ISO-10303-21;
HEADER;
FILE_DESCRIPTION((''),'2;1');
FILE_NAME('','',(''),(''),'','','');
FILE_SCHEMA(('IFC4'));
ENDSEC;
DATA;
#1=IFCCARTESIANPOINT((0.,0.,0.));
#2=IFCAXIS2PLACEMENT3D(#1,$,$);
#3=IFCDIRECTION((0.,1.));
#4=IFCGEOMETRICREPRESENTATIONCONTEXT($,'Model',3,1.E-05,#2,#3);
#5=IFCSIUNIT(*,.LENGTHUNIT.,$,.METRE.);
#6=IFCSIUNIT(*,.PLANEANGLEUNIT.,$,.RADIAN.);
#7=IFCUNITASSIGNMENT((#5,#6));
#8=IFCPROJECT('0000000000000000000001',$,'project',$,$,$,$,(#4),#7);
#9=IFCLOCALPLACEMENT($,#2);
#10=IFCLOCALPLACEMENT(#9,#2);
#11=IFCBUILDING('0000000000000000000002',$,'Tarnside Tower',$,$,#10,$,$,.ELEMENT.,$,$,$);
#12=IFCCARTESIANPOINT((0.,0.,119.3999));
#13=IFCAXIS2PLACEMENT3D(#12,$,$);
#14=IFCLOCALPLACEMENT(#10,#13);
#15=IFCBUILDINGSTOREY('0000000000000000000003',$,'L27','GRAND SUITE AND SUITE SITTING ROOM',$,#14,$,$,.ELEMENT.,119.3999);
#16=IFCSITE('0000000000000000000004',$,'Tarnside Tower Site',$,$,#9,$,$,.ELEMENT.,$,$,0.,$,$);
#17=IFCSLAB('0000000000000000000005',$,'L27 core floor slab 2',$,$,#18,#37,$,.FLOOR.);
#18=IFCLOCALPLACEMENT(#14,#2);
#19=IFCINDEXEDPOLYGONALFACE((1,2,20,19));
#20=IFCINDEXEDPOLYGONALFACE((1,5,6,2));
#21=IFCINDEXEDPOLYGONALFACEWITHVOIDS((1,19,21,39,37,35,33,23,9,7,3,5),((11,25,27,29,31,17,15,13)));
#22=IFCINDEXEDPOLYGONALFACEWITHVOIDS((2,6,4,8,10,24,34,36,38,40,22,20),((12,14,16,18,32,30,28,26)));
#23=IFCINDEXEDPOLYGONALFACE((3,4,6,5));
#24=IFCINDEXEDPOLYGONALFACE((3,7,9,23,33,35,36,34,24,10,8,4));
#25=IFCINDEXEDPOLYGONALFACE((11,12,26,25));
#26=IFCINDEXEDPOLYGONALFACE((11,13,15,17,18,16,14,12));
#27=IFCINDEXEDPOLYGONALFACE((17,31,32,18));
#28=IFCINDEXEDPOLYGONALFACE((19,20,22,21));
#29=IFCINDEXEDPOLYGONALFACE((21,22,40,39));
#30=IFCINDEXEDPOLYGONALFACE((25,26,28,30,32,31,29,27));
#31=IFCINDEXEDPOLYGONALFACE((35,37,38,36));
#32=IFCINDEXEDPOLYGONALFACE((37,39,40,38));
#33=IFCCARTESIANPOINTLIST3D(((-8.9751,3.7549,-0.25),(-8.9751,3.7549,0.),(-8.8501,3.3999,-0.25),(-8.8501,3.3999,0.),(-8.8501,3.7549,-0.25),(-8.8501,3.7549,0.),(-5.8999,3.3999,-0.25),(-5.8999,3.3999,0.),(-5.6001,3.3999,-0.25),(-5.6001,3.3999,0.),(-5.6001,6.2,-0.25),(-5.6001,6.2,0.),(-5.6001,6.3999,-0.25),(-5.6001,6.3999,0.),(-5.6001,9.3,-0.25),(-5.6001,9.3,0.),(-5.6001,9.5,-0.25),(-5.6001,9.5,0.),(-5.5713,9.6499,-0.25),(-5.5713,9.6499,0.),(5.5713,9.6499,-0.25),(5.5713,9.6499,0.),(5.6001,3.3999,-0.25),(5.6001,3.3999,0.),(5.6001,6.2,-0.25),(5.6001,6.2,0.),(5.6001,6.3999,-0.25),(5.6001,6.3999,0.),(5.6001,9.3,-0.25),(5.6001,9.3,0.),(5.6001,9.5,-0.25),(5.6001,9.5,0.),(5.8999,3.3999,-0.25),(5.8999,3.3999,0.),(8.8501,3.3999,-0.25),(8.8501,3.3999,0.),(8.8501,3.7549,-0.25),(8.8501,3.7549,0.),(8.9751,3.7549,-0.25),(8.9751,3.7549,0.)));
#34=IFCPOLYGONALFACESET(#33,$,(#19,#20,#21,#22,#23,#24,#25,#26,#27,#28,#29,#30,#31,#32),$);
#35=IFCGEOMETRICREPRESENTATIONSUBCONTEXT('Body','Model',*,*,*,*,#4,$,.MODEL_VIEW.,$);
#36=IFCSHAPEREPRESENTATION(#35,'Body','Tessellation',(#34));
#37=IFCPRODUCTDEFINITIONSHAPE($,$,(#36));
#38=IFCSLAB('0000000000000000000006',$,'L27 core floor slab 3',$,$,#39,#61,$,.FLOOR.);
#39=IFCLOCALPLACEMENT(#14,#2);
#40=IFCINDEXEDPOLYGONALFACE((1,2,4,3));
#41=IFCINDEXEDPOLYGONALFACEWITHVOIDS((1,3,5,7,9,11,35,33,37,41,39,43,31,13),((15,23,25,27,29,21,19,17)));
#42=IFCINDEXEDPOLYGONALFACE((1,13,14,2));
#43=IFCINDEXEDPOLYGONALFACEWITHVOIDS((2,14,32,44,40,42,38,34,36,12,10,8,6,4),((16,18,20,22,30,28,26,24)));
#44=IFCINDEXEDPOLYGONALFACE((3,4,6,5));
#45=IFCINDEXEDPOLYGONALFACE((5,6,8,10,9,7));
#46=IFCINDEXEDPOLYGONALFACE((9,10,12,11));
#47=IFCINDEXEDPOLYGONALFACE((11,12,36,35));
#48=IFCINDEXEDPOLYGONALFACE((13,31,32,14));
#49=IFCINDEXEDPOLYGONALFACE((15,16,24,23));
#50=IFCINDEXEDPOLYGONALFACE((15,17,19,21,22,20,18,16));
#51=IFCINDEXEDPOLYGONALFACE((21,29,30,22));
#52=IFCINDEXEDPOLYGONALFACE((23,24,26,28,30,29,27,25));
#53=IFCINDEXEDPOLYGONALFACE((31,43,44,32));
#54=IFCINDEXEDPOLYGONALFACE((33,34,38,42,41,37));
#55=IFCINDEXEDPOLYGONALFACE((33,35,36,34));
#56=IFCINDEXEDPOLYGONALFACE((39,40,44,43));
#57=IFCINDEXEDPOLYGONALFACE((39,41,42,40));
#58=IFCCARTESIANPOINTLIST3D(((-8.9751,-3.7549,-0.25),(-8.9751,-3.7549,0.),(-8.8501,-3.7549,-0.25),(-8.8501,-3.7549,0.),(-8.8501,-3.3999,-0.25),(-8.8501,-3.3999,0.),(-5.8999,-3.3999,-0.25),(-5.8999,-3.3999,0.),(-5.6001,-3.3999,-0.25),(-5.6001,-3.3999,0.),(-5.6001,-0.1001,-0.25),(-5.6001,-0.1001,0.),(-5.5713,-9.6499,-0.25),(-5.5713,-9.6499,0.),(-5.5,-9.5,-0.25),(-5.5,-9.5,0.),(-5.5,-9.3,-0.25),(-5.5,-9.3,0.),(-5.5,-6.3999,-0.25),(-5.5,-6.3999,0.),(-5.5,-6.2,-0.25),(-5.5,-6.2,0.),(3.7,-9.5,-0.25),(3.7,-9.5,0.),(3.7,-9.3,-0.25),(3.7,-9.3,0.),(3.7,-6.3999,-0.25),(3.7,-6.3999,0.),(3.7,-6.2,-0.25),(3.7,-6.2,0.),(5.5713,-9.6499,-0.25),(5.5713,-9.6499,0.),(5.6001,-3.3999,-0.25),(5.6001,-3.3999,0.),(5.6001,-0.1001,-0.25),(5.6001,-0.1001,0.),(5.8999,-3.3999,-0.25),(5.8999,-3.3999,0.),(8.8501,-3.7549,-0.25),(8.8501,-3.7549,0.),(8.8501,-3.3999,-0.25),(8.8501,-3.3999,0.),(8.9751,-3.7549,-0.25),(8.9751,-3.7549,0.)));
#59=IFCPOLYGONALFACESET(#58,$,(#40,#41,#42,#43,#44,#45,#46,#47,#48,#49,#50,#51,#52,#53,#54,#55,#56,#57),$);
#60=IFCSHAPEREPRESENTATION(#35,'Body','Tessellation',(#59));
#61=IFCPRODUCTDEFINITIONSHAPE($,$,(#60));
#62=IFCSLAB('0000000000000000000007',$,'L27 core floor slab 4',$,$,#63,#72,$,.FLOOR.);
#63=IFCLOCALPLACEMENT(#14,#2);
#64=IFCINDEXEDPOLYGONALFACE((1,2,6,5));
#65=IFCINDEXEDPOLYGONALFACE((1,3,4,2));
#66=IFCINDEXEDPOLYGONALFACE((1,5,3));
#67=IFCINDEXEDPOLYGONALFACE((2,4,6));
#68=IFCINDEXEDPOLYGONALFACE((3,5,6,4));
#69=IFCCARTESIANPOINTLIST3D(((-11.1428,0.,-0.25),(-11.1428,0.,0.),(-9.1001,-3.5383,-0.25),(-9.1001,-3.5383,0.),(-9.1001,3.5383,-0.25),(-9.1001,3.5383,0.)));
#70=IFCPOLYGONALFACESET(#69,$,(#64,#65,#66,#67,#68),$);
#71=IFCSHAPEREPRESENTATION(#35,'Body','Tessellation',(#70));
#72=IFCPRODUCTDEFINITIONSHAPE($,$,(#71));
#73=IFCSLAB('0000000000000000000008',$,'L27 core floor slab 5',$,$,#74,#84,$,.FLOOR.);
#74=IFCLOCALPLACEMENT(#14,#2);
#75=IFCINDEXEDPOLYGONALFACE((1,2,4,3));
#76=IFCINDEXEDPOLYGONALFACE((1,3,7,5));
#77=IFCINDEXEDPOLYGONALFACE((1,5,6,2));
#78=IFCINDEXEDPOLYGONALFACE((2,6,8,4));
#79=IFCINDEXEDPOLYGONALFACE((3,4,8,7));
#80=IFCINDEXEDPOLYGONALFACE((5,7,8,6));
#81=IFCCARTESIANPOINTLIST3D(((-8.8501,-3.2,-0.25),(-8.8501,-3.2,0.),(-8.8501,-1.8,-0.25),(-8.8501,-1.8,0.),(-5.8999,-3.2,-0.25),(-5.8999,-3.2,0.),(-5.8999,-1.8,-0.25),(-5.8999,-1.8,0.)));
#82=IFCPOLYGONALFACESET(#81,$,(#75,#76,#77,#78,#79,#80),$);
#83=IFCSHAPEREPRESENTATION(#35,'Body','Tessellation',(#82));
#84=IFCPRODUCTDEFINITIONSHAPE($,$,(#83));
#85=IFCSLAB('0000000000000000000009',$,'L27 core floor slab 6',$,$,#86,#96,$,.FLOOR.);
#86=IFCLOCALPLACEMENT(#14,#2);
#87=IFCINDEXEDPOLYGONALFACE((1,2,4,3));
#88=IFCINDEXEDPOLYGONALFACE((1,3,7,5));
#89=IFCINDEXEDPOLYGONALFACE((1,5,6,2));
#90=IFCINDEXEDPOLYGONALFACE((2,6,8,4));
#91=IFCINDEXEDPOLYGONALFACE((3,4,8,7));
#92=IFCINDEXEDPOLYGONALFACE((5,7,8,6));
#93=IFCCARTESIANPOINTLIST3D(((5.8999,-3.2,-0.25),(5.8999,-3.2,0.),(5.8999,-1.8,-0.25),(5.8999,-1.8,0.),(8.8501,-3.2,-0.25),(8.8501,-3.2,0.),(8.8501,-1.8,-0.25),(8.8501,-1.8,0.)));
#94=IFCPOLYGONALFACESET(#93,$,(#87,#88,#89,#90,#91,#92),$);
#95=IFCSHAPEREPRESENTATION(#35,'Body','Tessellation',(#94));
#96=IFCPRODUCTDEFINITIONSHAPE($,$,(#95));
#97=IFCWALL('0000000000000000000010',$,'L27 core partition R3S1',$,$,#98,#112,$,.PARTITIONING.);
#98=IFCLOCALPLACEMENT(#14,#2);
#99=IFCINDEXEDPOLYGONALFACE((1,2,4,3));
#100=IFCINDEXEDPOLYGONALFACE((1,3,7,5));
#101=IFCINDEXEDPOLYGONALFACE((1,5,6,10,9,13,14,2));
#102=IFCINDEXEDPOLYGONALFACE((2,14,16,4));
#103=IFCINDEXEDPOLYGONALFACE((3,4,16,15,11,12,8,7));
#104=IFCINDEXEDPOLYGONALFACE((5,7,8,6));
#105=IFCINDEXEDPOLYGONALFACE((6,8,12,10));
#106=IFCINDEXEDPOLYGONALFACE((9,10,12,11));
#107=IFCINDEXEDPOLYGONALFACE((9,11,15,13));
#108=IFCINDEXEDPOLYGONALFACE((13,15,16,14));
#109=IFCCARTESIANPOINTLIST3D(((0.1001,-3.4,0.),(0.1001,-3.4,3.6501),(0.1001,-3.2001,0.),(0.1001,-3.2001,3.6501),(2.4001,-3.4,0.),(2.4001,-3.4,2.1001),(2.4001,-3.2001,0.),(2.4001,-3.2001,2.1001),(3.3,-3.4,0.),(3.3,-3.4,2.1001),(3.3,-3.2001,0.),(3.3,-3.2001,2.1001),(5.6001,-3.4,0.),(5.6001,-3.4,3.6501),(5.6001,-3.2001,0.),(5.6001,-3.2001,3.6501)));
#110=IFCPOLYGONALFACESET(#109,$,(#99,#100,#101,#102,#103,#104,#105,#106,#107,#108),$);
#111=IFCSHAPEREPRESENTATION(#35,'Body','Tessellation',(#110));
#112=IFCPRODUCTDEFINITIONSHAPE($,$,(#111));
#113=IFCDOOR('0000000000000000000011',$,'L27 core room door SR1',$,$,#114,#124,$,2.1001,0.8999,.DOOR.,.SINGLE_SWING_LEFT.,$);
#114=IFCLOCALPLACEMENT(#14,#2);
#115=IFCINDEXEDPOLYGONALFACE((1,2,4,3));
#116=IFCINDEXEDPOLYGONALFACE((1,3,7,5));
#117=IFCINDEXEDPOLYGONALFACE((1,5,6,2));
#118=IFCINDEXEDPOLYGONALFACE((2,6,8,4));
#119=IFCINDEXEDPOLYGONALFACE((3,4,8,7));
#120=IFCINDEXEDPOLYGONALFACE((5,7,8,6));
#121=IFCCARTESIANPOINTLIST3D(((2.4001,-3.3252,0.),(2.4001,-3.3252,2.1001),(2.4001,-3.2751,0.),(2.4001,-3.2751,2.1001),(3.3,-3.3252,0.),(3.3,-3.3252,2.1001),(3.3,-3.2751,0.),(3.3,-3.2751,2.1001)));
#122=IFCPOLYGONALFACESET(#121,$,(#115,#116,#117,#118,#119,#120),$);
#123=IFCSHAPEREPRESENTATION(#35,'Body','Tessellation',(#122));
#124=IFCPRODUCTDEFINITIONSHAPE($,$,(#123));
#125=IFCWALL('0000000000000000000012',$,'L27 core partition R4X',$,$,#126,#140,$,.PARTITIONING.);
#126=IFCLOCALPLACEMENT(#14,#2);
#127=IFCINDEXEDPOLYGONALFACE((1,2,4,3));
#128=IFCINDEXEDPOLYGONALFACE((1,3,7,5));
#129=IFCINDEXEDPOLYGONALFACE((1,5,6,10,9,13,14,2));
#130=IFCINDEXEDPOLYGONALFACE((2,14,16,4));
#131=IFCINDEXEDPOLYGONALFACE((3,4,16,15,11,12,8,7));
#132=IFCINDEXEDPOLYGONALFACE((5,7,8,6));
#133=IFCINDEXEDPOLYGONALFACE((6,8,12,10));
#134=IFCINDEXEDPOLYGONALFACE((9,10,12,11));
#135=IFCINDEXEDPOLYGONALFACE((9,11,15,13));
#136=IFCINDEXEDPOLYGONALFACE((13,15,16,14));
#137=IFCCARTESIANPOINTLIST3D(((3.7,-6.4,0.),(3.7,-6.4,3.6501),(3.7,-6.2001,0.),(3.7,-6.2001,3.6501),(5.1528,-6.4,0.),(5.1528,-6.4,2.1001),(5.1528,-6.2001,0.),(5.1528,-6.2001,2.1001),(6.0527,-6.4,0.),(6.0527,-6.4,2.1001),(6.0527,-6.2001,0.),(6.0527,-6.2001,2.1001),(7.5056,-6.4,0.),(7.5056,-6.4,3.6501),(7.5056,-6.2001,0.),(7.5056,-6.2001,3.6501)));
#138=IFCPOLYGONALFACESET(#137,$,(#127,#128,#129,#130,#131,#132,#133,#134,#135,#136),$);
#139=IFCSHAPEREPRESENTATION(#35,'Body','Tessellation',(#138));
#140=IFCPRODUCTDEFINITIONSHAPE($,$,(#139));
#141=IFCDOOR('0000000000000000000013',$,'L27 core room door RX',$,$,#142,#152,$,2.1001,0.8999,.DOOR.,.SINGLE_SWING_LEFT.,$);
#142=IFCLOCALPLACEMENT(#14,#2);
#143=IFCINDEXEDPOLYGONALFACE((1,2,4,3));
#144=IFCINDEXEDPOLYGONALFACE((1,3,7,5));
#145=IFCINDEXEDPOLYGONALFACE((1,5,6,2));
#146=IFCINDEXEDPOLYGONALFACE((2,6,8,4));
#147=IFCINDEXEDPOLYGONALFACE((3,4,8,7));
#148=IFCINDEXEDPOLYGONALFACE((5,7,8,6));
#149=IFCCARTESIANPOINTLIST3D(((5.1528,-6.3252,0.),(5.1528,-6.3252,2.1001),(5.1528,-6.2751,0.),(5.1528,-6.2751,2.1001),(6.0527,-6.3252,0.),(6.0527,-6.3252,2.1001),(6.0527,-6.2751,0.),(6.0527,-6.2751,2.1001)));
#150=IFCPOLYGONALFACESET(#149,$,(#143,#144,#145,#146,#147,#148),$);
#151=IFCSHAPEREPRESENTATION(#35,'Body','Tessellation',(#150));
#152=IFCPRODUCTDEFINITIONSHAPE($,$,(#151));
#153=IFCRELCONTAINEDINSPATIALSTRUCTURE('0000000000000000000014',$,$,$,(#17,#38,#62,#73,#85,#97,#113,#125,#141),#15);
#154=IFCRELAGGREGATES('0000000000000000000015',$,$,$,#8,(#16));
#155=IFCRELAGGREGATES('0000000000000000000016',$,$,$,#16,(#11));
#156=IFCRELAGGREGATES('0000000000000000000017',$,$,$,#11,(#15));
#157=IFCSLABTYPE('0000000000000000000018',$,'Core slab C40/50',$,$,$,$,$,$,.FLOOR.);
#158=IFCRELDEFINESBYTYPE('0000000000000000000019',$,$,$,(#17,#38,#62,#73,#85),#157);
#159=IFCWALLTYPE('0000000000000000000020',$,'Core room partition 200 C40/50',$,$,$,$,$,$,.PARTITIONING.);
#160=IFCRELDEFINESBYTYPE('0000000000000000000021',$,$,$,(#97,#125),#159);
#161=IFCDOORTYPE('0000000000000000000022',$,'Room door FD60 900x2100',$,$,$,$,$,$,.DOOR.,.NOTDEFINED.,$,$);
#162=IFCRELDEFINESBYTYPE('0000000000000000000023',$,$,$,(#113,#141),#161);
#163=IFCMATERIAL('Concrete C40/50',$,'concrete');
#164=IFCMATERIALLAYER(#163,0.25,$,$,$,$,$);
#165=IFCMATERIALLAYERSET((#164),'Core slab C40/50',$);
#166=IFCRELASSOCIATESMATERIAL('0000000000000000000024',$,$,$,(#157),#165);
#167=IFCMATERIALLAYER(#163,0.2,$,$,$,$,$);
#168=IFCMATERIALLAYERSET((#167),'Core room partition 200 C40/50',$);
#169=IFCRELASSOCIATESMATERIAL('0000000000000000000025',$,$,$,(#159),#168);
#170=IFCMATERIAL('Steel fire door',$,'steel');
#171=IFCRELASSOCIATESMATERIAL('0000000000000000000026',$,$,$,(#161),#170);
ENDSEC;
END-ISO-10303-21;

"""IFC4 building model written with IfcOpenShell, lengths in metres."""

from ifc_helpers import new_model, si_unit, direction, frame, frame_2d, origin, place, context, subcontext, project, spatial, polyline, rectangle, outline, extrude, material, layer, layer_set, type_object, element, fill, save


model = new_model("IFC4")

# Units and contexts
model_context = context("Model", 3, precision=1e-05, world=origin(), true_north=direction((0.0, 1.0)))
body_context = subcontext(model_context, "Body", "Model", "MODEL_VIEW")
ifc_project = project(units=[si_unit("LENGTHUNIT", "METRE"), si_unit("PLANEANGLEUNIT", "RADIAN")], contexts=[model_context])

# Site, building, storey
site_placement = place(None, origin())
site = spatial("IfcSite", under=ifc_project, at=site_placement, Name="Tarnside Tower Site", CompositionType="ELEMENT", RefElevation=0.0)
building_placement = place(site_placement, origin())
building = spatial("IfcBuilding", under=site, at=building_placement, Name="Tarnside Tower", CompositionType="ELEMENT")
storey_placement = place(building_placement, frame((0.0, 0.0, 119.3999)))
storey = spatial("IfcBuildingStorey", under=building, at=storey_placement, Name="L27", Description="GRAND SUITE AND SUITE SITTING ROOM", CompositionType="ELEMENT", Elevation=119.3999)

# Slabs
ifc_material_1 = material(Name="Concrete C40/50", Category="concrete")
ifc_layer_1 = layer(ifc_material_1, 0.25)
ifc_layer_set_1 = layer_set([ifc_layer_1], Name="Core slab C40/50")
slab_type = type_object("IfcSlabType", Name="Core slab C40/50", PredefinedType="FLOOR", material=ifc_layer_set_1)
slab_1_placement = place(storey_placement, frame((0.0, 0.0, -0.25)))
element("IfcSlab", 1, at=slab_1_placement, inside=storey, type_object=slab_type, Name="L27 core floor slab 2", PredefinedType="FLOOR", context=body_context, shape_type="SweptSolid", body=[
    extrude(outline(polyline([(-8.9751, 3.7549), (-5.5713, 9.6499), (5.5713, 9.6499), (8.9751, 3.7549), (8.8501, 3.7549), (8.8501, 3.3999), (5.8999, 3.3999), (5.6001, 3.3999), (5.6001, 3.3999), (-5.6001, 3.3999), (-5.8999, 3.3999), (-8.8501, 3.3999), (-8.8501, 3.7549), (-8.9751, 3.7549)]), holes=[polyline([(-5.6001, 6.2), (5.6001, 6.2), (5.6001, 6.3999), (5.6001, 9.3), (5.6001, 9.5), (-5.6001, 9.5), (-5.6001, 9.3), (-5.6001, 6.3999), (-5.6001, 6.2)])]), origin(), (0.0, 0.0, 1.0), 0.25),
])
slab_2_placement = place(storey_placement, frame((0.0, 0.0, -0.25)))
element("IfcSlab", 2, at=slab_2_placement, inside=storey, type_object=slab_type, Name="L27 core floor slab 3", PredefinedType="FLOOR", context=body_context, shape_type="SweptSolid", body=[
    extrude(outline(polyline([(5.6001, -3.3999), (5.8999, -3.3999), (8.8501, -3.3999), (8.8501, -3.7549), (8.9751, -3.7549), (5.5713, -9.6499), (-5.5713, -9.6499), (-8.9751, -3.7549), (-8.8501, -3.7549), (-8.8501, -3.3999), (-5.8999, -3.3999), (-5.6001, -3.3999), (-5.6001, -0.1001), (5.6001, -0.1001), (5.6001, -3.3999)]), holes=[polyline([(-5.5, -9.3), (-5.5, -9.5), (3.7, -9.5), (3.7, -9.3), (3.7, -6.3999), (3.7, -6.2), (-5.5, -6.2), (-5.5, -6.3999), (-5.5, -9.3)])]), origin(), (0.0, 0.0, 1.0), 0.25),
])
slab_3_placement = place(storey_placement, frame((0.0, 0.0, -0.25)))
element("IfcSlab", 3, at=slab_3_placement, inside=storey, type_object=slab_type, Name="L27 core floor slab 4", PredefinedType="FLOOR", context=body_context, shape_type="SweptSolid", body=[
    extrude(outline(polyline([(-11.1428, 0.0), (-9.1001, 3.5383), (-9.1001, -3.5383), (-11.1428, 0.0)])), origin(), (0.0, 0.0, 1.0), 0.25),
])
slab_4_placement = place(storey_placement, frame((0.0, 0.0, -0.25)))
element("IfcSlab", 4, at=slab_4_placement, inside=storey, type_object=slab_type, Name="L27 core floor slab 5", PredefinedType="FLOOR", context=body_context, shape_type="SweptSolid", body=[
    extrude(outline(polyline([(-8.8501, -1.8), (-5.8999, -1.8), (-5.8999, -3.2), (-8.8501, -3.2), (-8.8501, -1.8)])), origin(), (0.0, 0.0, 1.0), 0.25),
])
slab_5_placement = place(storey_placement, frame((0.0, 0.0, -0.25)))
element("IfcSlab", 5, at=slab_5_placement, inside=storey, type_object=slab_type, Name="L27 core floor slab 6", PredefinedType="FLOOR", context=body_context, shape_type="SweptSolid", body=[
    extrude(outline(polyline([(5.8999, -3.2), (5.8999, -1.8), (8.8501, -1.8), (8.8501, -3.2), (5.8999, -3.2)])), origin(), (0.0, 0.0, 1.0), 0.25),
])

# Walls, openings, doors
ifc_layer_2 = layer(ifc_material_1, 0.2)
ifc_layer_set_2 = layer_set([ifc_layer_2], Name="Core room partition 200 C40/50")
wall_type_1 = type_object("IfcWallType", Name="Core room partition 200 C40/50", PredefinedType="PARTITIONING", material=ifc_layer_set_2)
wall_1_placement = place(storey_placement, frame((0.1001, -3.3, 0.0), z_axis=(0.0, 0.0, 1.0), x_axis=(1.0, 0.0, 0.0)))
wall_1 = element("IfcWall", 6, at=wall_1_placement, inside=storey, type_object=wall_type_1, Name="L27 core partition R3S1", PredefinedType="PARTITIONING", context=body_context, shape_type="SweptSolid", body=[
    extrude(rectangle(XDim=5.5, YDim=0.2, at=frame_2d((2.75, 0.0))), origin(), (0.0, 0.0, 1.0), 3.6501),
])
opening_1_placement = place(wall_1_placement, frame((2.3, 0.0, 0.0)))
opening_1 = element("IfcOpeningElement", 7, at=opening_1_placement, cuts=wall_1, PredefinedType="OPENING", context=body_context, shape_type="SweptSolid", body=[
    extrude(rectangle(XDim=0.8999, YDim=2.1001, at=frame_2d((0.45, 1.05))), frame((0.0, 0.1099, 0.0), z_axis=(0.0, -1.0, 0.0), x_axis=(1.0, 0.0, 0.0)), (0.0, 0.0, 1.0), 0.22),
])
ifc_material_2 = material(Name="Steel fire door", Category="steel")
door_type_1 = type_object("IfcDoorType", Name="Room door FD60 900x2100", OperationType="NOTDEFINED", PredefinedType="DOOR", material=ifc_material_2)
door_1_placement = place(opening_1_placement, origin())
door_1 = element("IfcDoor", 8, at=door_1_placement, inside=storey, type_object=door_type_1, Name="L27 core room door SR1", OperationType="SINGLE_SWING_LEFT", OverallHeight=2.1001, OverallWidth=0.8999, PredefinedType="DOOR", context=body_context, shape_type="SweptSolid", body=[
    extrude(rectangle(XDim=0.8999, YDim=2.1001, at=frame_2d((0.45, 1.05))), frame((0.0, 0.0249, 0.0), z_axis=(0.0, -1.0, 0.0), x_axis=(1.0, 0.0, 0.0)), (0.0, 0.0, 1.0), 0.05),
])
fill(opening_1, door_1)
wall_2_placement = place(storey_placement, frame((3.7, -6.3, 0.0), z_axis=(0.0, 0.0, 1.0), x_axis=(1.0, 0.0, 0.0)))
wall_2 = element("IfcWall", 9, at=wall_2_placement, inside=storey, type_object=wall_type_1, Name="L27 core partition R4X", PredefinedType="PARTITIONING", context=body_context, shape_type="SweptSolid", body=[
    extrude(rectangle(XDim=3.8057, YDim=0.2, at=frame_2d((1.9028, 0.0))), origin(), (0.0, 0.0, 1.0), 3.6501),
])
opening_2_placement = place(wall_2_placement, frame((1.4529, 0.0, 0.0)))
opening_2 = element("IfcOpeningElement", 10, at=opening_2_placement, cuts=wall_2, PredefinedType="OPENING", context=body_context, shape_type="SweptSolid", body=[
    extrude(rectangle(XDim=0.8999, YDim=2.1001, at=frame_2d((0.45, 1.05))), frame((0.0, 0.1099, 0.0), z_axis=(0.0, -1.0, 0.0), x_axis=(1.0, 0.0, 0.0)), (0.0, 0.0, 1.0), 0.22),
])
door_2_placement = place(opening_2_placement, origin())
door_2 = element("IfcDoor", 11, at=door_2_placement, inside=storey, type_object=door_type_1, Name="L27 core room door RX", OperationType="SINGLE_SWING_LEFT", OverallHeight=2.1001, OverallWidth=0.8999, PredefinedType="DOOR", context=body_context, shape_type="SweptSolid", body=[
    extrude(rectangle(XDim=0.8999, YDim=2.1001, at=frame_2d((0.45, 1.05))), frame((0.0, 0.0249, 0.0), z_axis=(0.0, -1.0, 0.0), x_axis=(1.0, 0.0, 0.0)), (0.0, 0.0, 1.0), 0.05),
])
fill(opening_2, door_2)

save(model, "model.ifc")
